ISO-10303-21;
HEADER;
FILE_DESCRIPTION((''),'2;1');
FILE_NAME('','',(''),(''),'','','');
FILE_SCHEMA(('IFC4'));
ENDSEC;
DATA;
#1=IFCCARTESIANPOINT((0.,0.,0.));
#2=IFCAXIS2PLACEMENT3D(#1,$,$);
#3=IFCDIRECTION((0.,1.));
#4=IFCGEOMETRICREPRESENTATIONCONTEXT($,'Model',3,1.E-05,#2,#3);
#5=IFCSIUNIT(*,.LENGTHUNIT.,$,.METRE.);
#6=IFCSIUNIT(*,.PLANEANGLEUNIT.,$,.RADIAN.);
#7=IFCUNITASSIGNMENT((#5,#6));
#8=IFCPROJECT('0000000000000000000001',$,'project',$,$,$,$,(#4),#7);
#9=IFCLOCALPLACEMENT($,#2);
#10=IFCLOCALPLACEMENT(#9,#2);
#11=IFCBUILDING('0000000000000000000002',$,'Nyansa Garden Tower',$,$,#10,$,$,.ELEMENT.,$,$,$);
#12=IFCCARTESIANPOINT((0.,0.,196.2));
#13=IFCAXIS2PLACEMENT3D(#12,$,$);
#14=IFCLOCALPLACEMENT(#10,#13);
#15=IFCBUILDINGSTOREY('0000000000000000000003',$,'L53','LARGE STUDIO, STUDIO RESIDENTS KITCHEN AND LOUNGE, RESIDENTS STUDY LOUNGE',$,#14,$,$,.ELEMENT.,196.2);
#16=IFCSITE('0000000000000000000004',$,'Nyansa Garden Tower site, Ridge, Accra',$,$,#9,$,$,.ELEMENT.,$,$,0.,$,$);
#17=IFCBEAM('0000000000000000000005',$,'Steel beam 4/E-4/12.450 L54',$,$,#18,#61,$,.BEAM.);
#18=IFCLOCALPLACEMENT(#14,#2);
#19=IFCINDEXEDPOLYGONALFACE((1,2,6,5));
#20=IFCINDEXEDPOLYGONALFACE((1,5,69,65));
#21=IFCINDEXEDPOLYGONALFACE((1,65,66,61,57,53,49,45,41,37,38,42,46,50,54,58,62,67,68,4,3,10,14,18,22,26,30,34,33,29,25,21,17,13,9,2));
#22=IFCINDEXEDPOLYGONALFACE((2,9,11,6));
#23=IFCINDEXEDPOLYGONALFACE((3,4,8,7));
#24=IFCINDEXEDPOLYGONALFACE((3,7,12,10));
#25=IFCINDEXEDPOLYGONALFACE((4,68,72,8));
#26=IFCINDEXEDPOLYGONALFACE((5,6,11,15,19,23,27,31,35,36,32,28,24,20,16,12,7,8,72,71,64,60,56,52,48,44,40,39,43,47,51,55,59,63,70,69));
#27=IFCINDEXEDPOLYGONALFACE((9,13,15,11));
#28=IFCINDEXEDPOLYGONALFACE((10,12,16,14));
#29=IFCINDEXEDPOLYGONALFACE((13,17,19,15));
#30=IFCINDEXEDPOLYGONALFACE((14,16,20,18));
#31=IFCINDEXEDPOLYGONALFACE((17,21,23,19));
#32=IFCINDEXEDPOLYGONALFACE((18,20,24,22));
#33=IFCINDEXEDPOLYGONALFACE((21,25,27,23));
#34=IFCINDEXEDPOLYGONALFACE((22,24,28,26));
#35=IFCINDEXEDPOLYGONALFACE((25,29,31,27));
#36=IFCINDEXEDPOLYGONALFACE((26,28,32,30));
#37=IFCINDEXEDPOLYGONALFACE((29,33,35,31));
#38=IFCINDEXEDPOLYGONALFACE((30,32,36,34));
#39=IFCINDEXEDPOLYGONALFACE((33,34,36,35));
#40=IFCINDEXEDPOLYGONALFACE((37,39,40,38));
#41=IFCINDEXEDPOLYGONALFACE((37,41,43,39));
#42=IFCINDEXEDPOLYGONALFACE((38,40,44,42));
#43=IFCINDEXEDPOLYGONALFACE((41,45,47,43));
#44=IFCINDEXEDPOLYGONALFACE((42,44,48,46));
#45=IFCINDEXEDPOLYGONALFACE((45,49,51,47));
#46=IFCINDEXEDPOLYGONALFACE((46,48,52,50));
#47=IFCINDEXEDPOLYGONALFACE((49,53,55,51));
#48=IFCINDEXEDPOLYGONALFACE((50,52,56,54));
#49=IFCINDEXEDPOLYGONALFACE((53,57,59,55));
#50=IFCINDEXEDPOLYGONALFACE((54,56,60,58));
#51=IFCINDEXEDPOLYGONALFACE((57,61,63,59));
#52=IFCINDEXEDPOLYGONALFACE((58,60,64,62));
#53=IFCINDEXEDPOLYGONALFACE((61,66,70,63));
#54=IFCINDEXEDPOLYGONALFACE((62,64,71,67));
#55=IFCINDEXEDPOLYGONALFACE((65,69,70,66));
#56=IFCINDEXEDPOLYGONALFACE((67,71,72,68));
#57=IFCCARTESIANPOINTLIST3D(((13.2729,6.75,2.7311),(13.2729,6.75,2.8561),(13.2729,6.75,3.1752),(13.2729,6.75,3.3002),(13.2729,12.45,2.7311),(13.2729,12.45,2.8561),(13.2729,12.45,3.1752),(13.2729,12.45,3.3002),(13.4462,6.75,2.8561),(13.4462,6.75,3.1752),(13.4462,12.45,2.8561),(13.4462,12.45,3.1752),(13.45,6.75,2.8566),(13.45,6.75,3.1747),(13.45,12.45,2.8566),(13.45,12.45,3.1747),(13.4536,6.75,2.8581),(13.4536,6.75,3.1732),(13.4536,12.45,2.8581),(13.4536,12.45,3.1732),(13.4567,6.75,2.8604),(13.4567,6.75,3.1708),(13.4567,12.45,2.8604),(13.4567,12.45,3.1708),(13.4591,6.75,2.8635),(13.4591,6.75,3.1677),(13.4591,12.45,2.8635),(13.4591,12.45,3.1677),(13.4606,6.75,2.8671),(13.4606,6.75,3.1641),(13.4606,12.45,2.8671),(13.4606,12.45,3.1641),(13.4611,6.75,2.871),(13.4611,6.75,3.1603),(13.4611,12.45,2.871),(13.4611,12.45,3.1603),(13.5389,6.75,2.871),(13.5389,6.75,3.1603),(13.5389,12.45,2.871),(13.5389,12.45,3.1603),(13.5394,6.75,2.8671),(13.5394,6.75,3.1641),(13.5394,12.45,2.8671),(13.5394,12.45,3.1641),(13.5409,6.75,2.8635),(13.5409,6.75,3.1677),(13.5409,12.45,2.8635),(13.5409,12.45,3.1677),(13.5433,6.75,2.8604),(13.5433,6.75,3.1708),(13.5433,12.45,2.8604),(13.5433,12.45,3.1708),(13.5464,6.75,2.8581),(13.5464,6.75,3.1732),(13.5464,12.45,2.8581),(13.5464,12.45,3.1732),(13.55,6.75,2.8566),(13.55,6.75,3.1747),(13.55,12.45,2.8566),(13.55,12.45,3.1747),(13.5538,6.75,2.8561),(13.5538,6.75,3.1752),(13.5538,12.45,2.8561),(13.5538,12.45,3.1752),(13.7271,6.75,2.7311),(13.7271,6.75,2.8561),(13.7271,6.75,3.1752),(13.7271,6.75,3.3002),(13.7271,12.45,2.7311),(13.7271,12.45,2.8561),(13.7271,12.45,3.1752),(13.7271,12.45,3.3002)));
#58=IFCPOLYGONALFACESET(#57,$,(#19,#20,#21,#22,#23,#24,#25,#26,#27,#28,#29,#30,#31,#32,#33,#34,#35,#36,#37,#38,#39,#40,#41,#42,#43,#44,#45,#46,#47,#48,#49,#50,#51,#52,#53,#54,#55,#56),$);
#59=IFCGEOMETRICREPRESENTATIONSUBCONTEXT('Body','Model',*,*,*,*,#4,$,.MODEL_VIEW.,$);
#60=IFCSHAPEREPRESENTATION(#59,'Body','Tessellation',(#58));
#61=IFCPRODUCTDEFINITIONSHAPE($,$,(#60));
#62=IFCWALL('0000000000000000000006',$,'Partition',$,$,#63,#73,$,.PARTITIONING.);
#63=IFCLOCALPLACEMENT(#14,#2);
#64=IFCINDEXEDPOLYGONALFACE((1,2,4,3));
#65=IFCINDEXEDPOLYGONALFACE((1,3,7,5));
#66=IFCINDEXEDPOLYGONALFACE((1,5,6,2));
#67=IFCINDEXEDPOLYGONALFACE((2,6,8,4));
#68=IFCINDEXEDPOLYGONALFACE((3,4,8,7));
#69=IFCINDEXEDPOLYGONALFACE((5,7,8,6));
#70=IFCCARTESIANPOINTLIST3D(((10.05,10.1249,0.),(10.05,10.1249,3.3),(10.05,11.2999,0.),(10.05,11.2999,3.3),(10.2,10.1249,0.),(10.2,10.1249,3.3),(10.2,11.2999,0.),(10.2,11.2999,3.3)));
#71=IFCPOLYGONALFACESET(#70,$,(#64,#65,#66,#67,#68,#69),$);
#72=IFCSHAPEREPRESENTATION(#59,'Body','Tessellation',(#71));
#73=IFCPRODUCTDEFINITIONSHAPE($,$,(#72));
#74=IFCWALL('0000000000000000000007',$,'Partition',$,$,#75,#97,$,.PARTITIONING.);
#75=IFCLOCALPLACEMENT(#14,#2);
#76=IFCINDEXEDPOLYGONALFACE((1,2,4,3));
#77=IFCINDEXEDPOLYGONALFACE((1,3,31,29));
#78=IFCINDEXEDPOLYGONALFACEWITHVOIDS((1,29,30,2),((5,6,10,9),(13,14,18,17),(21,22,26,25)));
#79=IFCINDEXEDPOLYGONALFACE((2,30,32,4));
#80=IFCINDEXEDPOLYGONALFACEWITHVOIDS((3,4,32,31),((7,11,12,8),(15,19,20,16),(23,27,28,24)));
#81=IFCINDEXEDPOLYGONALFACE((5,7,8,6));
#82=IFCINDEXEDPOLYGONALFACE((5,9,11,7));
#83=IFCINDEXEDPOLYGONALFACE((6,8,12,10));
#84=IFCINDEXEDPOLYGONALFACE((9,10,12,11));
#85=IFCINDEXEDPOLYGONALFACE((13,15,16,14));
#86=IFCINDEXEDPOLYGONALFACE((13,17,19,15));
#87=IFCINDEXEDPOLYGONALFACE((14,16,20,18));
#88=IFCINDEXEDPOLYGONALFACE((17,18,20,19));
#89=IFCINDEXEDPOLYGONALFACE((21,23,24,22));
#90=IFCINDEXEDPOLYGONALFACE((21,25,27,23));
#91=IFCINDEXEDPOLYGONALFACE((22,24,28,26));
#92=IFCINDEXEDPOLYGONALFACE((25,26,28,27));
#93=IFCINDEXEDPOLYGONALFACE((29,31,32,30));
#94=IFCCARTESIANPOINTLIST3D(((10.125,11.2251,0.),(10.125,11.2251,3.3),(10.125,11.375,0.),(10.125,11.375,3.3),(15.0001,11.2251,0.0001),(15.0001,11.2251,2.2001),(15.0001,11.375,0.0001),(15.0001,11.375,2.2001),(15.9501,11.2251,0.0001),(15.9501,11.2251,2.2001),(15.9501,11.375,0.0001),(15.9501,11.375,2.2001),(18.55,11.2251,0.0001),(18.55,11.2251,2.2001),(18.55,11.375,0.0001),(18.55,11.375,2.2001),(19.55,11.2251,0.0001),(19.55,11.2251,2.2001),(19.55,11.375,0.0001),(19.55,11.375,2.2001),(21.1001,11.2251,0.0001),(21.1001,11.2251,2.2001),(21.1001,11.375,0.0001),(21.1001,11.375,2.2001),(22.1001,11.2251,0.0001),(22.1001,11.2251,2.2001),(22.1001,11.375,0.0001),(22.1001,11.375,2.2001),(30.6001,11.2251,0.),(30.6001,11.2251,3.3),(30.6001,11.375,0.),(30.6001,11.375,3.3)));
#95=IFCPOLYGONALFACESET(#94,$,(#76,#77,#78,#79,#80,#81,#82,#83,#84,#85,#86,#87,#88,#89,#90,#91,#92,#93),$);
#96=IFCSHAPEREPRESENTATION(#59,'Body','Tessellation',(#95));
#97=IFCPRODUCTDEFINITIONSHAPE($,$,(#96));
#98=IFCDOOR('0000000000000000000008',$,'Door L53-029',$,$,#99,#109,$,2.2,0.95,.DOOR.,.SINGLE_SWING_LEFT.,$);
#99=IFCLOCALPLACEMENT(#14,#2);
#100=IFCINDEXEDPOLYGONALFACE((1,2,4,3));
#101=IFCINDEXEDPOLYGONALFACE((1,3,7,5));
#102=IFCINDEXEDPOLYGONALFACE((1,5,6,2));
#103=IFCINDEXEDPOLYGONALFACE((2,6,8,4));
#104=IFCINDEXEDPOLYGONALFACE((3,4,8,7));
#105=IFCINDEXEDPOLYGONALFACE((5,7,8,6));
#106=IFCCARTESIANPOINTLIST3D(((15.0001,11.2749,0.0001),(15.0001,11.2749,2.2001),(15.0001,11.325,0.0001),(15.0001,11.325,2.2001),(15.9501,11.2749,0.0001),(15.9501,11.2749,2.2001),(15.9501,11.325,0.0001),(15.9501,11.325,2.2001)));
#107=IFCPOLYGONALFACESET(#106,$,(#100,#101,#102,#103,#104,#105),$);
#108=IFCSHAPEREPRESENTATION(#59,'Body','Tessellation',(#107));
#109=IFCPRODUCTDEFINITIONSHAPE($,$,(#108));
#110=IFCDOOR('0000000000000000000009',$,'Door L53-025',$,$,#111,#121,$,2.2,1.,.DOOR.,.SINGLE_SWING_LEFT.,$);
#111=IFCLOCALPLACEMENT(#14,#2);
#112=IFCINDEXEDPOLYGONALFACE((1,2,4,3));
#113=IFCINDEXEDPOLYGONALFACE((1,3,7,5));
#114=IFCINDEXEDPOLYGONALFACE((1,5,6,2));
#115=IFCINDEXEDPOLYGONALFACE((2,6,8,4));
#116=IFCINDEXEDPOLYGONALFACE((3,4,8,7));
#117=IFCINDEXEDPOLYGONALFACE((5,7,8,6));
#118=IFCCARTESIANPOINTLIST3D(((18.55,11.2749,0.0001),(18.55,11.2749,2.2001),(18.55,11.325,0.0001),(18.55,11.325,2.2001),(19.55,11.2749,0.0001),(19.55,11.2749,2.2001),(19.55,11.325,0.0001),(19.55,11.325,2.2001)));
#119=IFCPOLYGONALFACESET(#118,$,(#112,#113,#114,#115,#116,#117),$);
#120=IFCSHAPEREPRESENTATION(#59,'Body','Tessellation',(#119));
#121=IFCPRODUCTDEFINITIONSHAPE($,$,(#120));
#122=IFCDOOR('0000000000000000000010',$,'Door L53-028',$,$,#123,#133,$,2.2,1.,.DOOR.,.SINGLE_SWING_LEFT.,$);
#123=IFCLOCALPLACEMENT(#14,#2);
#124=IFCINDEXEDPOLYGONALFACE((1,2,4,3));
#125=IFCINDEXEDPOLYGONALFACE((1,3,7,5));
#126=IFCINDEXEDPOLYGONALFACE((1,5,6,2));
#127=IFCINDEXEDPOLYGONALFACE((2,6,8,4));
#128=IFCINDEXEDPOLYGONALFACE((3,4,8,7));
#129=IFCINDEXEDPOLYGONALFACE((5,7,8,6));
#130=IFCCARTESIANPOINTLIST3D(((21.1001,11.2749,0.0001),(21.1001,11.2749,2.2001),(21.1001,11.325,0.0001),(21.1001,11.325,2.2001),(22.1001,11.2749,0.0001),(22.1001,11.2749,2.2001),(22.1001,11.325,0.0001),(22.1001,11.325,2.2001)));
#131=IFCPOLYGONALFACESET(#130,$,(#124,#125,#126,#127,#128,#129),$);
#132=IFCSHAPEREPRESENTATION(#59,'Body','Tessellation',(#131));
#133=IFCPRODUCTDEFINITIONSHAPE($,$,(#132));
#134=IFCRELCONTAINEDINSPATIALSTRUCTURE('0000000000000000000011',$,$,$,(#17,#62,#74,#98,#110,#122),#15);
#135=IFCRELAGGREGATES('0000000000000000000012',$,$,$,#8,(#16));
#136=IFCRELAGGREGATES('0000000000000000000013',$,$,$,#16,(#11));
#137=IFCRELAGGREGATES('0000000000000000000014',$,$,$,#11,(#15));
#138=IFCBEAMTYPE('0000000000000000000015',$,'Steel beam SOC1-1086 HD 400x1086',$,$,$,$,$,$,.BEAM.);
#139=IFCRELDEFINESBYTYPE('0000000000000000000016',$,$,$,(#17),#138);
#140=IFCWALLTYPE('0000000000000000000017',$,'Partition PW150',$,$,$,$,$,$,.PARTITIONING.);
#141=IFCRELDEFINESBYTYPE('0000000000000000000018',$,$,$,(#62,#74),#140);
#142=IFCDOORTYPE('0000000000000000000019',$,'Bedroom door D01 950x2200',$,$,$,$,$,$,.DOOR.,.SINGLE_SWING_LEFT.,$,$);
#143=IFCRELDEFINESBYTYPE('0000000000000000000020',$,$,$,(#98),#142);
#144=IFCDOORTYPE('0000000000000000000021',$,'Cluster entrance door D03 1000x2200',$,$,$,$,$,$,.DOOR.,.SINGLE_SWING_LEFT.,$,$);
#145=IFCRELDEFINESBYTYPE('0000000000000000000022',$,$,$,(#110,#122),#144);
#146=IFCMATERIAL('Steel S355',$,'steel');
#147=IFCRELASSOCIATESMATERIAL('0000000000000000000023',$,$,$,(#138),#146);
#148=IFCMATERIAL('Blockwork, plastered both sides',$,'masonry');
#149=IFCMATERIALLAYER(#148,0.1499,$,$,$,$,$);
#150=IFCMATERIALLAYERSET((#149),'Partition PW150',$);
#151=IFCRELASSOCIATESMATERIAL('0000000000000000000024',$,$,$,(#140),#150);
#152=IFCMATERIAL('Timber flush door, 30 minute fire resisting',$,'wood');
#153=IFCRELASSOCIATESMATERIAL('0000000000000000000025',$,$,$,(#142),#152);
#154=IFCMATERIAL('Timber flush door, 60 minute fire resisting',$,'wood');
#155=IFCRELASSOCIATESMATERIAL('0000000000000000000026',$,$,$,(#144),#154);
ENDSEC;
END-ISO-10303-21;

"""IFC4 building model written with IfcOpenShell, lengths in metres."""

from ifc_helpers import new_model, si_unit, direction, frame, frame_2d, origin, origin_2d, place, context, subcontext, project, spatial, rectangle, i_section, extrude, material, layer, layer_set, material_profile, profile_set, type_object, element, fill, save


model = new_model("IFC4")

# Units and contexts
model_context = context("Model", 3, precision=1e-05, world=origin(), true_north=direction((0.0, 1.0)))
body_context = subcontext(model_context, "Body", "Model", "MODEL_VIEW")
ifc_project = project(units=[si_unit("LENGTHUNIT", "METRE"), si_unit("PLANEANGLEUNIT", "RADIAN")], contexts=[model_context])

# Site, building, storey
site_placement = place(None, origin())
site = spatial("IfcSite", under=ifc_project, at=site_placement, Name="Nyansa Garden Tower site, Ridge, Accra", CompositionType="ELEMENT", RefElevation=0.0)
building_placement = place(site_placement, origin())
building = spatial("IfcBuilding", under=site, at=building_placement, Name="Nyansa Garden Tower", CompositionType="ELEMENT")
storey_placement = place(building_placement, frame((0.0, 0.0, 196.2)))
storey = spatial("IfcBuildingStorey", under=building, at=storey_placement, Name="L53", Description="LARGE STUDIO, STUDIO RESIDENTS KITCHEN AND LOUNGE, RESIDENTS STUDY LOUNGE", CompositionType="ELEMENT", Elevation=196.2)

# Beam
ifc_material_1 = material(Name="Steel S355", Category="steel")
ifc_material_profile_1 = material_profile(ifc_material_1, i_section(OverallWidth=0.4541, OverallDepth=0.5691, WebThickness=0.0779, FlangeThickness=0.125, FilletRadius=0.0149, at=origin_2d()), Name="HD 400x1086")
ifc_profile_set_1 = profile_set([ifc_material_profile_1], Name="Steel S355")
beam_type_1 = type_object("IfcBeamType", Name="Steel beam SOC1-1086 HD 400x1086", PredefinedType="BEAM", material=ifc_profile_set_1)
beam_1_placement = place(storey_placement, frame((13.5, 6.75, 3.0156), z_axis=(0.0, 1.0, 0.0), x_axis=(-1.0, 0.0, 0.0)))
element("IfcBeam", 1, at=beam_1_placement, inside=storey, type_object=beam_type_1, Name="Steel beam 4/E-4/12.450 L54", PredefinedType="BEAM", context=body_context, shape_type="SweptSolid", body=[
    extrude(i_section(OverallWidth=0.4541, OverallDepth=0.5691, WebThickness=0.0779, FlangeThickness=0.125, FilletRadius=0.0149, at=origin_2d()), origin(), (0.0, 0.0, 1.0), 5.7),
])

# Wall
ifc_material_2 = material(Name="Blockwork, plastered both sides", Category="masonry")
ifc_layer = layer(ifc_material_2, 0.1499)
ifc_layer_set = layer_set([ifc_layer], Name="Partition PW150")
wall_type = type_object("IfcWallType", Name="Partition PW150", PredefinedType="PARTITIONING", material=ifc_layer_set)
wall_1_placement = place(storey_placement, frame((10.125, 10.125, 0.0), z_axis=(0.0, 0.0, 1.0), x_axis=(0.0, 1.0, 0.0)))
element("IfcWall", 2, at=wall_1_placement, inside=storey, type_object=wall_type, Name="Partition", PredefinedType="PARTITIONING", context=body_context, shape_type="SweptSolid", body=[
    extrude(rectangle(XDim=1.175, YDim=0.1499, at=frame_2d((0.5874, 0.0))), origin(), (0.0, 0.0, 1.0), 3.3),
])

# Wall, openings, doors
wall_2_placement = place(storey_placement, frame((10.125, 11.3, 0.0), z_axis=(0.0, 0.0, 1.0), x_axis=(1.0, 0.0, 0.0)))
wall_2 = element("IfcWall", 3, at=wall_2_placement, inside=storey, type_object=wall_type, Name="Partition", PredefinedType="PARTITIONING", context=body_context, shape_type="SweptSolid", body=[
    extrude(rectangle(XDim=20.4751, YDim=0.1499, at=frame_2d((10.2375, 0.0))), origin(), (0.0, 0.0, 1.0), 3.3),
])
opening_1_placement = place(wall_2_placement, frame((8.425, 0.0, 0.0)))
opening_1 = element("IfcOpeningElement", 4, at=opening_1_placement, cuts=wall_2, PredefinedType="OPENING", context=body_context, shape_type="SweptSolid", body=[
    extrude(rectangle(XDim=1.0, YDim=2.2, at=frame_2d((0.5, 1.1001))), frame((0.0, 0.085, 0.0), z_axis=(0.0, -1.0, 0.0), x_axis=(1.0, 0.0, 0.0)), (0.0, 0.0, 1.0), 0.1699),
])
opening_2_placement = place(wall_2_placement, frame((10.9751, 0.0, 0.0)))
opening_2 = element("IfcOpeningElement", 5, at=opening_2_placement, cuts=wall_2, PredefinedType="OPENING", context=body_context, shape_type="SweptSolid", body=[
    extrude(rectangle(XDim=1.0, YDim=2.2, at=frame_2d((0.5, 1.1001))), frame((0.0, 0.085, 0.0), z_axis=(0.0, -1.0, 0.0), x_axis=(1.0, 0.0, 0.0)), (0.0, 0.0, 1.0), 0.1699),
])
opening_3_placement = place(wall_2_placement, frame((4.875, 0.0, 0.0)))
opening_3 = element("IfcOpeningElement", 6, at=opening_3_placement, cuts=wall_2, PredefinedType="OPENING", context=body_context, shape_type="SweptSolid", body=[
    extrude(rectangle(XDim=0.95, YDim=2.2, at=frame_2d((0.4751, 1.1001))), frame((0.0, 0.085, 0.0), z_axis=(0.0, -1.0, 0.0), x_axis=(1.0, 0.0, 0.0)), (0.0, 0.0, 1.0), 0.1699),
])
ifc_material_3 = material(Name="Timber flush door, 30 minute fire resisting", Category="wood")
door_type_1 = type_object("IfcDoorType", Name="Bedroom door D01 950x2200", OperationType="SINGLE_SWING_LEFT", PredefinedType="DOOR", material=ifc_material_3)
door_1_placement = place(opening_3_placement, origin())
door_1 = element("IfcDoor", 7, at=door_1_placement, inside=storey, type_object=door_type_1, Name="Door L53-029", OperationType="SINGLE_SWING_LEFT", OverallHeight=2.2, OverallWidth=0.95, PredefinedType="DOOR", context=body_context, shape_type="SweptSolid", body=[
    extrude(rectangle(XDim=0.95, YDim=2.2, at=frame_2d((0.4751, 1.1001))), frame((0.0, 0.0249, 0.0), z_axis=(0.0, -1.0, 0.0), x_axis=(1.0, 0.0, 0.0)), (0.0, 0.0, 1.0), 0.05),
])
fill(opening_3, door_1)
ifc_material_4 = material(Name="Timber flush door, 60 minute fire resisting", Category="wood")
door_type_2 = type_object("IfcDoorType", Name="Cluster entrance door D03 1000x2200", OperationType="SINGLE_SWING_LEFT", PredefinedType="DOOR", material=ifc_material_4)
door_2_placement = place(opening_1_placement, origin())
door_2 = element("IfcDoor", 8, at=door_2_placement, inside=storey, type_object=door_type_2, Name="Door L53-025", OperationType="SINGLE_SWING_LEFT", OverallHeight=2.2, OverallWidth=1.0, PredefinedType="DOOR", context=body_context, shape_type="SweptSolid", body=[
    extrude(rectangle(XDim=1.0, YDim=2.2, at=frame_2d((0.5, 1.1001))), frame((0.0, 0.0249, 0.0), z_axis=(0.0, -1.0, 0.0), x_axis=(1.0, 0.0, 0.0)), (0.0, 0.0, 1.0), 0.05),
])
fill(opening_1, door_2)
door_3_placement = place(opening_2_placement, origin())
door_3 = element("IfcDoor", 9, at=door_3_placement, inside=storey, type_object=door_type_2, Name="Door L53-028", OperationType="SINGLE_SWING_LEFT", OverallHeight=2.2, OverallWidth=1.0, PredefinedType="DOOR", context=body_context, shape_type="SweptSolid", body=[
    extrude(rectangle(XDim=1.0, YDim=2.2, at=frame_2d((0.5, 1.1001))), frame((0.0, 0.0249, 0.0), z_axis=(0.0, -1.0, 0.0), x_axis=(1.0, 0.0, 0.0)), (0.0, 0.0, 1.0), 0.05),
])
fill(opening_2, door_3)

save(model, "model.ifc")
